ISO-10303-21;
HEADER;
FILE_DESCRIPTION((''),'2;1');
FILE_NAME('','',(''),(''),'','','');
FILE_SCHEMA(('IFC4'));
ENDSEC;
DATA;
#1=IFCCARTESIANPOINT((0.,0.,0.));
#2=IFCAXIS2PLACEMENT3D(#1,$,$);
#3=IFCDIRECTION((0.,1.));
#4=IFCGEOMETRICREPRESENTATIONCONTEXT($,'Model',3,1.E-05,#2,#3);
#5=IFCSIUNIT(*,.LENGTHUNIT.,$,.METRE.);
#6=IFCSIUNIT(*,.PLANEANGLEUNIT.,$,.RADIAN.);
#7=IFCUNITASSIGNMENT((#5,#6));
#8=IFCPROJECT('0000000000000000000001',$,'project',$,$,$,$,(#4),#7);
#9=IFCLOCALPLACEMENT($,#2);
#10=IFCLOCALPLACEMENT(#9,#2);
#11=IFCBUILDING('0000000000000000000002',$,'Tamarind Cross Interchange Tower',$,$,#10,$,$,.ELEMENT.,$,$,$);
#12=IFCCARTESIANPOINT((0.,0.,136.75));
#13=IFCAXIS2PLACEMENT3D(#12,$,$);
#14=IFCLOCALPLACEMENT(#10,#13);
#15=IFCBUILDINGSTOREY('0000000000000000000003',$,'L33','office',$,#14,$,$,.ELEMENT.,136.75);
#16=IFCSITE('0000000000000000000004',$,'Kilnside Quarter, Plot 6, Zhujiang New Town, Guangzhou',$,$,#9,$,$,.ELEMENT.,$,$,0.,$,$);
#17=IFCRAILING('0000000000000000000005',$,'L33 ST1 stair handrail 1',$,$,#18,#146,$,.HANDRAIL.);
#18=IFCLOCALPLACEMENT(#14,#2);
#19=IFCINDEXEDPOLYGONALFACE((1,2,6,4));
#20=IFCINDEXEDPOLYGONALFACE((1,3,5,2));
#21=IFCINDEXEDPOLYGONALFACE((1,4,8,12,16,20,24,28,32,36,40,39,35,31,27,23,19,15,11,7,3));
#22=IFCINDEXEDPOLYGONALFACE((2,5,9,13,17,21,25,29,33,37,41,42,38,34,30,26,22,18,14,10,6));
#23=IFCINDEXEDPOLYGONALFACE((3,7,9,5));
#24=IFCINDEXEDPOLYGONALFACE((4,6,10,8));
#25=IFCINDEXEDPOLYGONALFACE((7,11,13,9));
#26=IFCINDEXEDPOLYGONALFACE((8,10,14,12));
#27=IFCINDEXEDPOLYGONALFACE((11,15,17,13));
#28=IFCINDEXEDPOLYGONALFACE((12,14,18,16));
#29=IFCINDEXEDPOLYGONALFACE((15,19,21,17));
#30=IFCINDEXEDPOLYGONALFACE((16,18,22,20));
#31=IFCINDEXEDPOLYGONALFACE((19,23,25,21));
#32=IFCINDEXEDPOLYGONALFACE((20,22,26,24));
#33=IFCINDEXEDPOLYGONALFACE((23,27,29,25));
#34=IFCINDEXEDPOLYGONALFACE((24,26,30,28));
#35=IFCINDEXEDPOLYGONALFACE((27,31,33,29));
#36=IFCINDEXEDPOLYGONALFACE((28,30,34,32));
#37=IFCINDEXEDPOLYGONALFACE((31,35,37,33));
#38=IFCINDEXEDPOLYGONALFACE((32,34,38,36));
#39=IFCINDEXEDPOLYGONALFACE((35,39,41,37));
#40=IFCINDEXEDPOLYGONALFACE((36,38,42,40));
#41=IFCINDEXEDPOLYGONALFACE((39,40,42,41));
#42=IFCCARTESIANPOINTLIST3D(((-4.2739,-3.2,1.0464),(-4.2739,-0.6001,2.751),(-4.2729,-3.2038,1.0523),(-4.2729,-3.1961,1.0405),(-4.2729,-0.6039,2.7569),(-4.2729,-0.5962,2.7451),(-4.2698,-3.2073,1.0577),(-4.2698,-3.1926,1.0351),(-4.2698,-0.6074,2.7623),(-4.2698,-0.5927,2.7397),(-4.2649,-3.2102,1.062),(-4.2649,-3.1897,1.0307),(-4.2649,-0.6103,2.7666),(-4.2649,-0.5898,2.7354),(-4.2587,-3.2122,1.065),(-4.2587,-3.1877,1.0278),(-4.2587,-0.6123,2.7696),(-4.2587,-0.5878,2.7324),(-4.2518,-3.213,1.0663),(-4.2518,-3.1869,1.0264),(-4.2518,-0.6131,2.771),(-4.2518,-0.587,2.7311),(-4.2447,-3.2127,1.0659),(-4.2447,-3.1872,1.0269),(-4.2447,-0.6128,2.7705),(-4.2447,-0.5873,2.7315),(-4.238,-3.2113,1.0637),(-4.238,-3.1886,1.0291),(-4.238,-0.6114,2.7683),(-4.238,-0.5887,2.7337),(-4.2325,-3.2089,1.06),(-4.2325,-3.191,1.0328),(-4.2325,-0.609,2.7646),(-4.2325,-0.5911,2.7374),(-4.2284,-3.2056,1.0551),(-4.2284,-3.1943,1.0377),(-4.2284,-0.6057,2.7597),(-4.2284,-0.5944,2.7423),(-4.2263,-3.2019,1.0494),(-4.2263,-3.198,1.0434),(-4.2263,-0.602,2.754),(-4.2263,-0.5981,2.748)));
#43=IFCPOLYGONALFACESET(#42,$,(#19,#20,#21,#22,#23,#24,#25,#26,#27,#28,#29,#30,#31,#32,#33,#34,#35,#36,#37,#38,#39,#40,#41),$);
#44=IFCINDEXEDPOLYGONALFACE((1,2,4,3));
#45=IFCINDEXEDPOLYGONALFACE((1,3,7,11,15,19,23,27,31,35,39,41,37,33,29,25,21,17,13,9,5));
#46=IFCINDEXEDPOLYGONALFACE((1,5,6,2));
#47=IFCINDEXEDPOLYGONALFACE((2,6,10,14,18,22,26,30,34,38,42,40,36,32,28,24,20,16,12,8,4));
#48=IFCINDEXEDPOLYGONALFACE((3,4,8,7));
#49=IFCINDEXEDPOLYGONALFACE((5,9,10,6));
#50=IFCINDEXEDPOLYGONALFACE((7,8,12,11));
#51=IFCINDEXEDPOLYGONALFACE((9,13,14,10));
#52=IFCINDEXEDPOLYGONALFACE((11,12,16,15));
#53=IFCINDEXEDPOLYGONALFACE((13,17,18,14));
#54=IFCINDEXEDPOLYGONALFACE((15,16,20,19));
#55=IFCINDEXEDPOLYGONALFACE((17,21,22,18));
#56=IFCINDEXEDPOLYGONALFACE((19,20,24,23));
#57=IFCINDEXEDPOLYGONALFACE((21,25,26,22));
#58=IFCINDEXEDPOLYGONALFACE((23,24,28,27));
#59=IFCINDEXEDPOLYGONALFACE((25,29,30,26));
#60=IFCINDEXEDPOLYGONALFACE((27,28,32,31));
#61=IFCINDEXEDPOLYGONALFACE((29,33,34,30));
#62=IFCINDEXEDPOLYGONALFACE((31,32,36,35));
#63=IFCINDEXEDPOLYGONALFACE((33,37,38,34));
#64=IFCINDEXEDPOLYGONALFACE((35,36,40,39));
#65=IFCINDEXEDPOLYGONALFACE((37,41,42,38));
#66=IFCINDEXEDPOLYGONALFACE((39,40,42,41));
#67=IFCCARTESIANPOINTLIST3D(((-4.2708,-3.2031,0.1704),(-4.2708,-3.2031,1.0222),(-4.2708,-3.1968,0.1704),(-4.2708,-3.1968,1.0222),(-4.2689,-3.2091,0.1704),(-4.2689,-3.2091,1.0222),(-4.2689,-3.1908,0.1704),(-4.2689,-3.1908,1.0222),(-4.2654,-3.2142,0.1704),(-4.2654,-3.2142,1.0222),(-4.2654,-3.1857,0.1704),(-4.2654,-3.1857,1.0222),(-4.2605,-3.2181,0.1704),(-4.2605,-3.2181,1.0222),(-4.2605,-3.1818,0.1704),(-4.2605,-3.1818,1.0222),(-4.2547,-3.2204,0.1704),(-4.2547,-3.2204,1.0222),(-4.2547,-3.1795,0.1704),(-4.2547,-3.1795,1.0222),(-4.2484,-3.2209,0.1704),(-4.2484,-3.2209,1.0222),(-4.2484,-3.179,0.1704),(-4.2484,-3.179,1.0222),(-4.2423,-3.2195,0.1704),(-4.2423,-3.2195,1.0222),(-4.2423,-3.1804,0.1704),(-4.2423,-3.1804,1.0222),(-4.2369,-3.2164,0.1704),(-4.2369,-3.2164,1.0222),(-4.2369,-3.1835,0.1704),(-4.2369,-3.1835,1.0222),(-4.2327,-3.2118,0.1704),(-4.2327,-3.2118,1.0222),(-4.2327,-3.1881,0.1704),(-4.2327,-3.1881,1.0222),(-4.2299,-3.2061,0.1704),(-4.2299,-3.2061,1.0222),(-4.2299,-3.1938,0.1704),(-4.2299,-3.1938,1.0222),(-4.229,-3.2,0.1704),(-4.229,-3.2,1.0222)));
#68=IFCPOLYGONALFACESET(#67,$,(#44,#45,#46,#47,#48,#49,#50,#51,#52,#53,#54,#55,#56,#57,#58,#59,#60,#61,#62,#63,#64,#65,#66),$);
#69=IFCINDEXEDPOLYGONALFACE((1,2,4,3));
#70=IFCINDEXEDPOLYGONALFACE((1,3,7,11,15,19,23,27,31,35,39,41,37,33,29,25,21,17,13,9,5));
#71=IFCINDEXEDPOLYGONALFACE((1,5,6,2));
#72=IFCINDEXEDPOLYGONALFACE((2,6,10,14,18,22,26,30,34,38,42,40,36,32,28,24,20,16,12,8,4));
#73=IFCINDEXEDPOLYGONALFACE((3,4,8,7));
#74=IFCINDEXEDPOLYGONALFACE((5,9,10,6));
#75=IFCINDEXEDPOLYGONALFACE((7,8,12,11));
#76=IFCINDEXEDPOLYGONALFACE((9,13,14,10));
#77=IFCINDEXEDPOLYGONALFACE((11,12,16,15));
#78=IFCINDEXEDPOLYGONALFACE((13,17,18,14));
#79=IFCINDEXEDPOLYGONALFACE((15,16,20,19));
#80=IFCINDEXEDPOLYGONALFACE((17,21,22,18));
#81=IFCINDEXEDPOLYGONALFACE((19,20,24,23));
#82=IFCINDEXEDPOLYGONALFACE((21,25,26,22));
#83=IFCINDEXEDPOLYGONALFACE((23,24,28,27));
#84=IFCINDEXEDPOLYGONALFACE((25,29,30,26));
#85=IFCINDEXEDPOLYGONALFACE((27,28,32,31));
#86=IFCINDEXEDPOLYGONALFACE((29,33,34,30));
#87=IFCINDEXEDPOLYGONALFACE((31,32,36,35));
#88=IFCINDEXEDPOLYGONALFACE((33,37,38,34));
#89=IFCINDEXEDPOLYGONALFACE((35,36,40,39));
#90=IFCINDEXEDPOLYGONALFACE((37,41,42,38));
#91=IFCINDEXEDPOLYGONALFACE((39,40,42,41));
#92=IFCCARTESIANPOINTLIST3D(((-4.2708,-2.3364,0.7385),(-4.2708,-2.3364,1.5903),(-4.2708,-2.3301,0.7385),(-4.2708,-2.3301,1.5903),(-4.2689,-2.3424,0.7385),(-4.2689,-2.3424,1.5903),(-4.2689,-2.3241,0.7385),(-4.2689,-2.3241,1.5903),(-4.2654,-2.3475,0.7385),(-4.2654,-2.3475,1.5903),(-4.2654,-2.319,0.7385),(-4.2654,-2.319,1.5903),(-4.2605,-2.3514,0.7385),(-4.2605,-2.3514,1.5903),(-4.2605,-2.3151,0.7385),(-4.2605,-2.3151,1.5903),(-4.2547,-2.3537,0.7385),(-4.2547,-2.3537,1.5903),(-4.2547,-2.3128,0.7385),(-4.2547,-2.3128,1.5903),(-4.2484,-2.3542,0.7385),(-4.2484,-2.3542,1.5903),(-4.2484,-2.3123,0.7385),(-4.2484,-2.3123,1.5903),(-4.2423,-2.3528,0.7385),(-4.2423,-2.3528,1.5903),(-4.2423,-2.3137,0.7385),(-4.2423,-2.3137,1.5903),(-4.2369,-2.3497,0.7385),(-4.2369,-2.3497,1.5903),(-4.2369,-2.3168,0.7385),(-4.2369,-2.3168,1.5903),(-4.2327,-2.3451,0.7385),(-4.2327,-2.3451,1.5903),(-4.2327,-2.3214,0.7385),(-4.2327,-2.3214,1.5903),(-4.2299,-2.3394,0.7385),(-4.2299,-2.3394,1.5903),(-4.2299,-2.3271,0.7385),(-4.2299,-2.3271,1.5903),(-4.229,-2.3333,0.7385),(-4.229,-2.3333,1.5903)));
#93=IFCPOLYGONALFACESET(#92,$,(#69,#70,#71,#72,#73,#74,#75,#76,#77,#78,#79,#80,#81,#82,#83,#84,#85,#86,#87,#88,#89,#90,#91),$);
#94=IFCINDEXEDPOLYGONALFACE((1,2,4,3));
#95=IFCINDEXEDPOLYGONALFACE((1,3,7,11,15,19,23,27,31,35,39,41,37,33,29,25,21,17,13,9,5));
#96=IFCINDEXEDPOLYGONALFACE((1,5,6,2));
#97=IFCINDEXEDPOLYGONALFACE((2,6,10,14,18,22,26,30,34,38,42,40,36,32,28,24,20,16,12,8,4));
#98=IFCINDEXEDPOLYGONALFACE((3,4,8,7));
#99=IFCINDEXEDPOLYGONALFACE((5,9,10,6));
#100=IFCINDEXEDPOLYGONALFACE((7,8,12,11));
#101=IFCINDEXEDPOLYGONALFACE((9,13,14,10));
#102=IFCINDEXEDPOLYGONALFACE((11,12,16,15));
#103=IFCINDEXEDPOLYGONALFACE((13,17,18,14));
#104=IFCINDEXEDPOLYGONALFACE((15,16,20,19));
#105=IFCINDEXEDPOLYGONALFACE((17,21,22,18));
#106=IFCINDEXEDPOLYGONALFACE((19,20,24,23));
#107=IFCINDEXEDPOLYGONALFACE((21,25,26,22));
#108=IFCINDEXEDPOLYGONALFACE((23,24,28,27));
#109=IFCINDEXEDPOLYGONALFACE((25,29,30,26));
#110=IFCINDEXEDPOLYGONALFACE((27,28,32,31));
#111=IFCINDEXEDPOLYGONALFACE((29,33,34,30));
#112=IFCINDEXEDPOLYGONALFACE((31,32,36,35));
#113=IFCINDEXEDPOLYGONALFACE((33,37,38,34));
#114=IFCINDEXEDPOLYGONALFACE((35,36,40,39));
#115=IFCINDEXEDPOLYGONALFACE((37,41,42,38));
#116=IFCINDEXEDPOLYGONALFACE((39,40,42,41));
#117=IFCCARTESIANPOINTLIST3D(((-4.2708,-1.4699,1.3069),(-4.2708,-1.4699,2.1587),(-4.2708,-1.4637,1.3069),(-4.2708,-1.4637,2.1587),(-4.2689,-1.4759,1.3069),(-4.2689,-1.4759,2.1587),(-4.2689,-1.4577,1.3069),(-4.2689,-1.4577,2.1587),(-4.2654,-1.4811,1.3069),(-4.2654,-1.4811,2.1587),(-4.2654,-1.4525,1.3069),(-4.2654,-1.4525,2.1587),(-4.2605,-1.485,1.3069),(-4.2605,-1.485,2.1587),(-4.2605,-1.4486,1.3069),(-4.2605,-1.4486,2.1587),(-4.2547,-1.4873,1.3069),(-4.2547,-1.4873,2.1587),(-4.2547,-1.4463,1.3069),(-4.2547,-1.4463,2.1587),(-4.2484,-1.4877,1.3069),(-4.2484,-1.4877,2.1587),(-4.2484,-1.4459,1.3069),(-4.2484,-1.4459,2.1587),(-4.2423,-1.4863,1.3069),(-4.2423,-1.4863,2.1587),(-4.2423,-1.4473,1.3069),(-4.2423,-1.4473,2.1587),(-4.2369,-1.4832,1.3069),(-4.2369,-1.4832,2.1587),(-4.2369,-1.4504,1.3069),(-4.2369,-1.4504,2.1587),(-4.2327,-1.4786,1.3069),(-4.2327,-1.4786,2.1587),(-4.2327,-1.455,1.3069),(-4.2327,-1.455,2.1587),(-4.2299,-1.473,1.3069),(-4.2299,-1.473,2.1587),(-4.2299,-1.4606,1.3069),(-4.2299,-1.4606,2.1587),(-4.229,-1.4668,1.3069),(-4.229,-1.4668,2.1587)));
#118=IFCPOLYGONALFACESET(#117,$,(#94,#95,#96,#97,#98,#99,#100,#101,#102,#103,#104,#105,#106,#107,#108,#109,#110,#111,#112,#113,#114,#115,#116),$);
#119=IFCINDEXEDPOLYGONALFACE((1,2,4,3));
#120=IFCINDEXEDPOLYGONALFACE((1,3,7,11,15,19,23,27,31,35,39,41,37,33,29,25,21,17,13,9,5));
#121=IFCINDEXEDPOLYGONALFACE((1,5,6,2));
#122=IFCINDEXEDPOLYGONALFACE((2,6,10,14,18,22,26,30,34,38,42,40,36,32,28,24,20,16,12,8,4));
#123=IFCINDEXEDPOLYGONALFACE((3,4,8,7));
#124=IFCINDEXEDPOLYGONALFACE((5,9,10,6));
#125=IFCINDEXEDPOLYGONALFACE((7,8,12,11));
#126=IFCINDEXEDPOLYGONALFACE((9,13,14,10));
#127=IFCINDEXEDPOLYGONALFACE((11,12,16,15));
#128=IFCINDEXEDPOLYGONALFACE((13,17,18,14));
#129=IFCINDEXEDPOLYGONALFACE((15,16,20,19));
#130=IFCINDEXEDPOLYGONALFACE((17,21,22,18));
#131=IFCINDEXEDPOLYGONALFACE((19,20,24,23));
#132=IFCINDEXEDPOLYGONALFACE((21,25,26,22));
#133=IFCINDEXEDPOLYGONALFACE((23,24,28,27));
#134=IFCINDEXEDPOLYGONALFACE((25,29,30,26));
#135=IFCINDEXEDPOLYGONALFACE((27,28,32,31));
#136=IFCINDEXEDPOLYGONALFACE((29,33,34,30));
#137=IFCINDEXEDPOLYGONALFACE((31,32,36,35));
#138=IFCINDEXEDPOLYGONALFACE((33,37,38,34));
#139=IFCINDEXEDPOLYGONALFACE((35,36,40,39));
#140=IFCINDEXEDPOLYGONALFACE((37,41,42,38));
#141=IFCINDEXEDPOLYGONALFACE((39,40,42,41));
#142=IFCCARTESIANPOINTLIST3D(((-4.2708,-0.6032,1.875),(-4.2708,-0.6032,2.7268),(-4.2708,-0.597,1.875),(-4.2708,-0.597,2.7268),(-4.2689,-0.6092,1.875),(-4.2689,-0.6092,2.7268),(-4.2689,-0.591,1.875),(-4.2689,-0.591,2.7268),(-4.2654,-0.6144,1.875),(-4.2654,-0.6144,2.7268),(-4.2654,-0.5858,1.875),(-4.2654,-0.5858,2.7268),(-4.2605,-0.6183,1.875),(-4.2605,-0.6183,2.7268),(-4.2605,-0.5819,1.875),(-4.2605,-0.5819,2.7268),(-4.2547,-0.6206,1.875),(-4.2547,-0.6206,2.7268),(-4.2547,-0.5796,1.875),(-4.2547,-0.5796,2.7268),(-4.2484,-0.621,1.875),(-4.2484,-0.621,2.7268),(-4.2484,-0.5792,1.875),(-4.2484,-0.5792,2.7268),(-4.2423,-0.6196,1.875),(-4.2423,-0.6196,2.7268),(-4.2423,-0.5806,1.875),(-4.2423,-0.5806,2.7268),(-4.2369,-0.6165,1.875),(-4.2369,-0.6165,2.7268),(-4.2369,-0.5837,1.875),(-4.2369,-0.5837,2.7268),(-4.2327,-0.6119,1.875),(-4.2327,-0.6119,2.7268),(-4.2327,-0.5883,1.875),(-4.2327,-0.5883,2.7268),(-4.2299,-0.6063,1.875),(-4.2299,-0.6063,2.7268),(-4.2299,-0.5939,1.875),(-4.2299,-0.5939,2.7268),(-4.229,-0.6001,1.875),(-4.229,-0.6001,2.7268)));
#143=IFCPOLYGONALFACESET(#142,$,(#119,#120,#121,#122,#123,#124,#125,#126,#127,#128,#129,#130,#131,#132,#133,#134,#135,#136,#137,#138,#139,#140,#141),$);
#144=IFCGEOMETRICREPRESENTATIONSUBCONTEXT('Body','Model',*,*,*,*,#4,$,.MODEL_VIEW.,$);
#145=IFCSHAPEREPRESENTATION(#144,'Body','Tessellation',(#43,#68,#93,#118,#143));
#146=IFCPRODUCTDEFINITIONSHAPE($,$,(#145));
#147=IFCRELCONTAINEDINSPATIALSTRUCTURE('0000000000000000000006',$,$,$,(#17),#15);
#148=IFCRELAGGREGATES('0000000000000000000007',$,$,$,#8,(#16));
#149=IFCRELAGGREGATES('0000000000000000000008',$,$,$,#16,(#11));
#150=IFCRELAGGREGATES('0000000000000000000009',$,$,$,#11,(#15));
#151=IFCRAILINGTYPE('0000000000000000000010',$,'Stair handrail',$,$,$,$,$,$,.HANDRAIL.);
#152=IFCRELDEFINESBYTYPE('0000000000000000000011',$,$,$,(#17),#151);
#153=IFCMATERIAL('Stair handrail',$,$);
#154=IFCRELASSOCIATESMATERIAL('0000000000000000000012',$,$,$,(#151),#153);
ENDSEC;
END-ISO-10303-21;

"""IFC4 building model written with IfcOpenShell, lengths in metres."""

from ifc_helpers import new_model, si_unit, direction, frame, origin, origin_2d, place, context, subcontext, project, spatial, circle, extrude, material, type_object, element, save


model = new_model("IFC4")

# Units and contexts
model_context = context("Model", 3, precision=1e-05, world=origin(), true_north=direction((0.0, 1.0)))
body_context = subcontext(model_context, "Body", "Model", "MODEL_VIEW")
ifc_project = project(units=[si_unit("LENGTHUNIT", "METRE"), si_unit("PLANEANGLEUNIT", "RADIAN")], contexts=[model_context])

# Site, building, storey
site_placement = place(None, origin())
site = spatial("IfcSite", under=ifc_project, at=site_placement, Name="Kilnside Quarter, Plot 6, Zhujiang New Town, Guangzhou", CompositionType="ELEMENT", RefElevation=0.0)
building_placement = place(site_placement, origin())
building = spatial("IfcBuilding", under=site, at=building_placement, Name="Tamarind Cross Interchange Tower", CompositionType="ELEMENT")
storey_placement = place(building_placement, frame((0.0, 0.0, 136.75)))
storey = spatial("IfcBuildingStorey", under=building, at=storey_placement, Name="L33", Description="office", CompositionType="ELEMENT", Elevation=136.75)

# Railing
ifc_material_1 = material(Name="Stair handrail")
railing_type_1 = type_object("IfcRailingType", Name="Stair handrail", PredefinedType="HANDRAIL", material=ifc_material_1)
railing_1_placement = place(storey_placement, frame((-4.25, -3.2, 0.1704)))
element("IfcRailing", 1, at=railing_1_placement, inside=storey, type_object=railing_type_1, Name="L33 ST1 stair handrail 1", PredefinedType="HANDRAIL", context=body_context, shape_type="SweptSolid", body=[
    extrude(circle(Radius=0.0239, at=origin_2d()), frame((0.0, 0.0, 0.876), z_axis=(0.0, 0.836279, 0.548305), x_axis=(-1.0, 0.0, 0.0)), (0.0, 0.0, 1.0), 3.1089),
    extrude(circle(Radius=0.021, at=origin_2d()), origin(), (0.0, 0.0, 1.0), 0.8518),
    extrude(circle(Radius=0.021, at=origin_2d()), frame((0.0, 0.8667, 0.5681)), (0.0, 0.0, 1.0), 0.8518),
    extrude(circle(Radius=0.021, at=origin_2d()), frame((0.0, 1.7332, 1.1365)), (0.0, 0.0, 1.0), 0.8518),
    extrude(circle(Radius=0.021, at=origin_2d()), frame((0.0, 2.5999, 1.7046)), (0.0, 0.0, 1.0), 0.8518),
])

save(model, "model.ifc")
